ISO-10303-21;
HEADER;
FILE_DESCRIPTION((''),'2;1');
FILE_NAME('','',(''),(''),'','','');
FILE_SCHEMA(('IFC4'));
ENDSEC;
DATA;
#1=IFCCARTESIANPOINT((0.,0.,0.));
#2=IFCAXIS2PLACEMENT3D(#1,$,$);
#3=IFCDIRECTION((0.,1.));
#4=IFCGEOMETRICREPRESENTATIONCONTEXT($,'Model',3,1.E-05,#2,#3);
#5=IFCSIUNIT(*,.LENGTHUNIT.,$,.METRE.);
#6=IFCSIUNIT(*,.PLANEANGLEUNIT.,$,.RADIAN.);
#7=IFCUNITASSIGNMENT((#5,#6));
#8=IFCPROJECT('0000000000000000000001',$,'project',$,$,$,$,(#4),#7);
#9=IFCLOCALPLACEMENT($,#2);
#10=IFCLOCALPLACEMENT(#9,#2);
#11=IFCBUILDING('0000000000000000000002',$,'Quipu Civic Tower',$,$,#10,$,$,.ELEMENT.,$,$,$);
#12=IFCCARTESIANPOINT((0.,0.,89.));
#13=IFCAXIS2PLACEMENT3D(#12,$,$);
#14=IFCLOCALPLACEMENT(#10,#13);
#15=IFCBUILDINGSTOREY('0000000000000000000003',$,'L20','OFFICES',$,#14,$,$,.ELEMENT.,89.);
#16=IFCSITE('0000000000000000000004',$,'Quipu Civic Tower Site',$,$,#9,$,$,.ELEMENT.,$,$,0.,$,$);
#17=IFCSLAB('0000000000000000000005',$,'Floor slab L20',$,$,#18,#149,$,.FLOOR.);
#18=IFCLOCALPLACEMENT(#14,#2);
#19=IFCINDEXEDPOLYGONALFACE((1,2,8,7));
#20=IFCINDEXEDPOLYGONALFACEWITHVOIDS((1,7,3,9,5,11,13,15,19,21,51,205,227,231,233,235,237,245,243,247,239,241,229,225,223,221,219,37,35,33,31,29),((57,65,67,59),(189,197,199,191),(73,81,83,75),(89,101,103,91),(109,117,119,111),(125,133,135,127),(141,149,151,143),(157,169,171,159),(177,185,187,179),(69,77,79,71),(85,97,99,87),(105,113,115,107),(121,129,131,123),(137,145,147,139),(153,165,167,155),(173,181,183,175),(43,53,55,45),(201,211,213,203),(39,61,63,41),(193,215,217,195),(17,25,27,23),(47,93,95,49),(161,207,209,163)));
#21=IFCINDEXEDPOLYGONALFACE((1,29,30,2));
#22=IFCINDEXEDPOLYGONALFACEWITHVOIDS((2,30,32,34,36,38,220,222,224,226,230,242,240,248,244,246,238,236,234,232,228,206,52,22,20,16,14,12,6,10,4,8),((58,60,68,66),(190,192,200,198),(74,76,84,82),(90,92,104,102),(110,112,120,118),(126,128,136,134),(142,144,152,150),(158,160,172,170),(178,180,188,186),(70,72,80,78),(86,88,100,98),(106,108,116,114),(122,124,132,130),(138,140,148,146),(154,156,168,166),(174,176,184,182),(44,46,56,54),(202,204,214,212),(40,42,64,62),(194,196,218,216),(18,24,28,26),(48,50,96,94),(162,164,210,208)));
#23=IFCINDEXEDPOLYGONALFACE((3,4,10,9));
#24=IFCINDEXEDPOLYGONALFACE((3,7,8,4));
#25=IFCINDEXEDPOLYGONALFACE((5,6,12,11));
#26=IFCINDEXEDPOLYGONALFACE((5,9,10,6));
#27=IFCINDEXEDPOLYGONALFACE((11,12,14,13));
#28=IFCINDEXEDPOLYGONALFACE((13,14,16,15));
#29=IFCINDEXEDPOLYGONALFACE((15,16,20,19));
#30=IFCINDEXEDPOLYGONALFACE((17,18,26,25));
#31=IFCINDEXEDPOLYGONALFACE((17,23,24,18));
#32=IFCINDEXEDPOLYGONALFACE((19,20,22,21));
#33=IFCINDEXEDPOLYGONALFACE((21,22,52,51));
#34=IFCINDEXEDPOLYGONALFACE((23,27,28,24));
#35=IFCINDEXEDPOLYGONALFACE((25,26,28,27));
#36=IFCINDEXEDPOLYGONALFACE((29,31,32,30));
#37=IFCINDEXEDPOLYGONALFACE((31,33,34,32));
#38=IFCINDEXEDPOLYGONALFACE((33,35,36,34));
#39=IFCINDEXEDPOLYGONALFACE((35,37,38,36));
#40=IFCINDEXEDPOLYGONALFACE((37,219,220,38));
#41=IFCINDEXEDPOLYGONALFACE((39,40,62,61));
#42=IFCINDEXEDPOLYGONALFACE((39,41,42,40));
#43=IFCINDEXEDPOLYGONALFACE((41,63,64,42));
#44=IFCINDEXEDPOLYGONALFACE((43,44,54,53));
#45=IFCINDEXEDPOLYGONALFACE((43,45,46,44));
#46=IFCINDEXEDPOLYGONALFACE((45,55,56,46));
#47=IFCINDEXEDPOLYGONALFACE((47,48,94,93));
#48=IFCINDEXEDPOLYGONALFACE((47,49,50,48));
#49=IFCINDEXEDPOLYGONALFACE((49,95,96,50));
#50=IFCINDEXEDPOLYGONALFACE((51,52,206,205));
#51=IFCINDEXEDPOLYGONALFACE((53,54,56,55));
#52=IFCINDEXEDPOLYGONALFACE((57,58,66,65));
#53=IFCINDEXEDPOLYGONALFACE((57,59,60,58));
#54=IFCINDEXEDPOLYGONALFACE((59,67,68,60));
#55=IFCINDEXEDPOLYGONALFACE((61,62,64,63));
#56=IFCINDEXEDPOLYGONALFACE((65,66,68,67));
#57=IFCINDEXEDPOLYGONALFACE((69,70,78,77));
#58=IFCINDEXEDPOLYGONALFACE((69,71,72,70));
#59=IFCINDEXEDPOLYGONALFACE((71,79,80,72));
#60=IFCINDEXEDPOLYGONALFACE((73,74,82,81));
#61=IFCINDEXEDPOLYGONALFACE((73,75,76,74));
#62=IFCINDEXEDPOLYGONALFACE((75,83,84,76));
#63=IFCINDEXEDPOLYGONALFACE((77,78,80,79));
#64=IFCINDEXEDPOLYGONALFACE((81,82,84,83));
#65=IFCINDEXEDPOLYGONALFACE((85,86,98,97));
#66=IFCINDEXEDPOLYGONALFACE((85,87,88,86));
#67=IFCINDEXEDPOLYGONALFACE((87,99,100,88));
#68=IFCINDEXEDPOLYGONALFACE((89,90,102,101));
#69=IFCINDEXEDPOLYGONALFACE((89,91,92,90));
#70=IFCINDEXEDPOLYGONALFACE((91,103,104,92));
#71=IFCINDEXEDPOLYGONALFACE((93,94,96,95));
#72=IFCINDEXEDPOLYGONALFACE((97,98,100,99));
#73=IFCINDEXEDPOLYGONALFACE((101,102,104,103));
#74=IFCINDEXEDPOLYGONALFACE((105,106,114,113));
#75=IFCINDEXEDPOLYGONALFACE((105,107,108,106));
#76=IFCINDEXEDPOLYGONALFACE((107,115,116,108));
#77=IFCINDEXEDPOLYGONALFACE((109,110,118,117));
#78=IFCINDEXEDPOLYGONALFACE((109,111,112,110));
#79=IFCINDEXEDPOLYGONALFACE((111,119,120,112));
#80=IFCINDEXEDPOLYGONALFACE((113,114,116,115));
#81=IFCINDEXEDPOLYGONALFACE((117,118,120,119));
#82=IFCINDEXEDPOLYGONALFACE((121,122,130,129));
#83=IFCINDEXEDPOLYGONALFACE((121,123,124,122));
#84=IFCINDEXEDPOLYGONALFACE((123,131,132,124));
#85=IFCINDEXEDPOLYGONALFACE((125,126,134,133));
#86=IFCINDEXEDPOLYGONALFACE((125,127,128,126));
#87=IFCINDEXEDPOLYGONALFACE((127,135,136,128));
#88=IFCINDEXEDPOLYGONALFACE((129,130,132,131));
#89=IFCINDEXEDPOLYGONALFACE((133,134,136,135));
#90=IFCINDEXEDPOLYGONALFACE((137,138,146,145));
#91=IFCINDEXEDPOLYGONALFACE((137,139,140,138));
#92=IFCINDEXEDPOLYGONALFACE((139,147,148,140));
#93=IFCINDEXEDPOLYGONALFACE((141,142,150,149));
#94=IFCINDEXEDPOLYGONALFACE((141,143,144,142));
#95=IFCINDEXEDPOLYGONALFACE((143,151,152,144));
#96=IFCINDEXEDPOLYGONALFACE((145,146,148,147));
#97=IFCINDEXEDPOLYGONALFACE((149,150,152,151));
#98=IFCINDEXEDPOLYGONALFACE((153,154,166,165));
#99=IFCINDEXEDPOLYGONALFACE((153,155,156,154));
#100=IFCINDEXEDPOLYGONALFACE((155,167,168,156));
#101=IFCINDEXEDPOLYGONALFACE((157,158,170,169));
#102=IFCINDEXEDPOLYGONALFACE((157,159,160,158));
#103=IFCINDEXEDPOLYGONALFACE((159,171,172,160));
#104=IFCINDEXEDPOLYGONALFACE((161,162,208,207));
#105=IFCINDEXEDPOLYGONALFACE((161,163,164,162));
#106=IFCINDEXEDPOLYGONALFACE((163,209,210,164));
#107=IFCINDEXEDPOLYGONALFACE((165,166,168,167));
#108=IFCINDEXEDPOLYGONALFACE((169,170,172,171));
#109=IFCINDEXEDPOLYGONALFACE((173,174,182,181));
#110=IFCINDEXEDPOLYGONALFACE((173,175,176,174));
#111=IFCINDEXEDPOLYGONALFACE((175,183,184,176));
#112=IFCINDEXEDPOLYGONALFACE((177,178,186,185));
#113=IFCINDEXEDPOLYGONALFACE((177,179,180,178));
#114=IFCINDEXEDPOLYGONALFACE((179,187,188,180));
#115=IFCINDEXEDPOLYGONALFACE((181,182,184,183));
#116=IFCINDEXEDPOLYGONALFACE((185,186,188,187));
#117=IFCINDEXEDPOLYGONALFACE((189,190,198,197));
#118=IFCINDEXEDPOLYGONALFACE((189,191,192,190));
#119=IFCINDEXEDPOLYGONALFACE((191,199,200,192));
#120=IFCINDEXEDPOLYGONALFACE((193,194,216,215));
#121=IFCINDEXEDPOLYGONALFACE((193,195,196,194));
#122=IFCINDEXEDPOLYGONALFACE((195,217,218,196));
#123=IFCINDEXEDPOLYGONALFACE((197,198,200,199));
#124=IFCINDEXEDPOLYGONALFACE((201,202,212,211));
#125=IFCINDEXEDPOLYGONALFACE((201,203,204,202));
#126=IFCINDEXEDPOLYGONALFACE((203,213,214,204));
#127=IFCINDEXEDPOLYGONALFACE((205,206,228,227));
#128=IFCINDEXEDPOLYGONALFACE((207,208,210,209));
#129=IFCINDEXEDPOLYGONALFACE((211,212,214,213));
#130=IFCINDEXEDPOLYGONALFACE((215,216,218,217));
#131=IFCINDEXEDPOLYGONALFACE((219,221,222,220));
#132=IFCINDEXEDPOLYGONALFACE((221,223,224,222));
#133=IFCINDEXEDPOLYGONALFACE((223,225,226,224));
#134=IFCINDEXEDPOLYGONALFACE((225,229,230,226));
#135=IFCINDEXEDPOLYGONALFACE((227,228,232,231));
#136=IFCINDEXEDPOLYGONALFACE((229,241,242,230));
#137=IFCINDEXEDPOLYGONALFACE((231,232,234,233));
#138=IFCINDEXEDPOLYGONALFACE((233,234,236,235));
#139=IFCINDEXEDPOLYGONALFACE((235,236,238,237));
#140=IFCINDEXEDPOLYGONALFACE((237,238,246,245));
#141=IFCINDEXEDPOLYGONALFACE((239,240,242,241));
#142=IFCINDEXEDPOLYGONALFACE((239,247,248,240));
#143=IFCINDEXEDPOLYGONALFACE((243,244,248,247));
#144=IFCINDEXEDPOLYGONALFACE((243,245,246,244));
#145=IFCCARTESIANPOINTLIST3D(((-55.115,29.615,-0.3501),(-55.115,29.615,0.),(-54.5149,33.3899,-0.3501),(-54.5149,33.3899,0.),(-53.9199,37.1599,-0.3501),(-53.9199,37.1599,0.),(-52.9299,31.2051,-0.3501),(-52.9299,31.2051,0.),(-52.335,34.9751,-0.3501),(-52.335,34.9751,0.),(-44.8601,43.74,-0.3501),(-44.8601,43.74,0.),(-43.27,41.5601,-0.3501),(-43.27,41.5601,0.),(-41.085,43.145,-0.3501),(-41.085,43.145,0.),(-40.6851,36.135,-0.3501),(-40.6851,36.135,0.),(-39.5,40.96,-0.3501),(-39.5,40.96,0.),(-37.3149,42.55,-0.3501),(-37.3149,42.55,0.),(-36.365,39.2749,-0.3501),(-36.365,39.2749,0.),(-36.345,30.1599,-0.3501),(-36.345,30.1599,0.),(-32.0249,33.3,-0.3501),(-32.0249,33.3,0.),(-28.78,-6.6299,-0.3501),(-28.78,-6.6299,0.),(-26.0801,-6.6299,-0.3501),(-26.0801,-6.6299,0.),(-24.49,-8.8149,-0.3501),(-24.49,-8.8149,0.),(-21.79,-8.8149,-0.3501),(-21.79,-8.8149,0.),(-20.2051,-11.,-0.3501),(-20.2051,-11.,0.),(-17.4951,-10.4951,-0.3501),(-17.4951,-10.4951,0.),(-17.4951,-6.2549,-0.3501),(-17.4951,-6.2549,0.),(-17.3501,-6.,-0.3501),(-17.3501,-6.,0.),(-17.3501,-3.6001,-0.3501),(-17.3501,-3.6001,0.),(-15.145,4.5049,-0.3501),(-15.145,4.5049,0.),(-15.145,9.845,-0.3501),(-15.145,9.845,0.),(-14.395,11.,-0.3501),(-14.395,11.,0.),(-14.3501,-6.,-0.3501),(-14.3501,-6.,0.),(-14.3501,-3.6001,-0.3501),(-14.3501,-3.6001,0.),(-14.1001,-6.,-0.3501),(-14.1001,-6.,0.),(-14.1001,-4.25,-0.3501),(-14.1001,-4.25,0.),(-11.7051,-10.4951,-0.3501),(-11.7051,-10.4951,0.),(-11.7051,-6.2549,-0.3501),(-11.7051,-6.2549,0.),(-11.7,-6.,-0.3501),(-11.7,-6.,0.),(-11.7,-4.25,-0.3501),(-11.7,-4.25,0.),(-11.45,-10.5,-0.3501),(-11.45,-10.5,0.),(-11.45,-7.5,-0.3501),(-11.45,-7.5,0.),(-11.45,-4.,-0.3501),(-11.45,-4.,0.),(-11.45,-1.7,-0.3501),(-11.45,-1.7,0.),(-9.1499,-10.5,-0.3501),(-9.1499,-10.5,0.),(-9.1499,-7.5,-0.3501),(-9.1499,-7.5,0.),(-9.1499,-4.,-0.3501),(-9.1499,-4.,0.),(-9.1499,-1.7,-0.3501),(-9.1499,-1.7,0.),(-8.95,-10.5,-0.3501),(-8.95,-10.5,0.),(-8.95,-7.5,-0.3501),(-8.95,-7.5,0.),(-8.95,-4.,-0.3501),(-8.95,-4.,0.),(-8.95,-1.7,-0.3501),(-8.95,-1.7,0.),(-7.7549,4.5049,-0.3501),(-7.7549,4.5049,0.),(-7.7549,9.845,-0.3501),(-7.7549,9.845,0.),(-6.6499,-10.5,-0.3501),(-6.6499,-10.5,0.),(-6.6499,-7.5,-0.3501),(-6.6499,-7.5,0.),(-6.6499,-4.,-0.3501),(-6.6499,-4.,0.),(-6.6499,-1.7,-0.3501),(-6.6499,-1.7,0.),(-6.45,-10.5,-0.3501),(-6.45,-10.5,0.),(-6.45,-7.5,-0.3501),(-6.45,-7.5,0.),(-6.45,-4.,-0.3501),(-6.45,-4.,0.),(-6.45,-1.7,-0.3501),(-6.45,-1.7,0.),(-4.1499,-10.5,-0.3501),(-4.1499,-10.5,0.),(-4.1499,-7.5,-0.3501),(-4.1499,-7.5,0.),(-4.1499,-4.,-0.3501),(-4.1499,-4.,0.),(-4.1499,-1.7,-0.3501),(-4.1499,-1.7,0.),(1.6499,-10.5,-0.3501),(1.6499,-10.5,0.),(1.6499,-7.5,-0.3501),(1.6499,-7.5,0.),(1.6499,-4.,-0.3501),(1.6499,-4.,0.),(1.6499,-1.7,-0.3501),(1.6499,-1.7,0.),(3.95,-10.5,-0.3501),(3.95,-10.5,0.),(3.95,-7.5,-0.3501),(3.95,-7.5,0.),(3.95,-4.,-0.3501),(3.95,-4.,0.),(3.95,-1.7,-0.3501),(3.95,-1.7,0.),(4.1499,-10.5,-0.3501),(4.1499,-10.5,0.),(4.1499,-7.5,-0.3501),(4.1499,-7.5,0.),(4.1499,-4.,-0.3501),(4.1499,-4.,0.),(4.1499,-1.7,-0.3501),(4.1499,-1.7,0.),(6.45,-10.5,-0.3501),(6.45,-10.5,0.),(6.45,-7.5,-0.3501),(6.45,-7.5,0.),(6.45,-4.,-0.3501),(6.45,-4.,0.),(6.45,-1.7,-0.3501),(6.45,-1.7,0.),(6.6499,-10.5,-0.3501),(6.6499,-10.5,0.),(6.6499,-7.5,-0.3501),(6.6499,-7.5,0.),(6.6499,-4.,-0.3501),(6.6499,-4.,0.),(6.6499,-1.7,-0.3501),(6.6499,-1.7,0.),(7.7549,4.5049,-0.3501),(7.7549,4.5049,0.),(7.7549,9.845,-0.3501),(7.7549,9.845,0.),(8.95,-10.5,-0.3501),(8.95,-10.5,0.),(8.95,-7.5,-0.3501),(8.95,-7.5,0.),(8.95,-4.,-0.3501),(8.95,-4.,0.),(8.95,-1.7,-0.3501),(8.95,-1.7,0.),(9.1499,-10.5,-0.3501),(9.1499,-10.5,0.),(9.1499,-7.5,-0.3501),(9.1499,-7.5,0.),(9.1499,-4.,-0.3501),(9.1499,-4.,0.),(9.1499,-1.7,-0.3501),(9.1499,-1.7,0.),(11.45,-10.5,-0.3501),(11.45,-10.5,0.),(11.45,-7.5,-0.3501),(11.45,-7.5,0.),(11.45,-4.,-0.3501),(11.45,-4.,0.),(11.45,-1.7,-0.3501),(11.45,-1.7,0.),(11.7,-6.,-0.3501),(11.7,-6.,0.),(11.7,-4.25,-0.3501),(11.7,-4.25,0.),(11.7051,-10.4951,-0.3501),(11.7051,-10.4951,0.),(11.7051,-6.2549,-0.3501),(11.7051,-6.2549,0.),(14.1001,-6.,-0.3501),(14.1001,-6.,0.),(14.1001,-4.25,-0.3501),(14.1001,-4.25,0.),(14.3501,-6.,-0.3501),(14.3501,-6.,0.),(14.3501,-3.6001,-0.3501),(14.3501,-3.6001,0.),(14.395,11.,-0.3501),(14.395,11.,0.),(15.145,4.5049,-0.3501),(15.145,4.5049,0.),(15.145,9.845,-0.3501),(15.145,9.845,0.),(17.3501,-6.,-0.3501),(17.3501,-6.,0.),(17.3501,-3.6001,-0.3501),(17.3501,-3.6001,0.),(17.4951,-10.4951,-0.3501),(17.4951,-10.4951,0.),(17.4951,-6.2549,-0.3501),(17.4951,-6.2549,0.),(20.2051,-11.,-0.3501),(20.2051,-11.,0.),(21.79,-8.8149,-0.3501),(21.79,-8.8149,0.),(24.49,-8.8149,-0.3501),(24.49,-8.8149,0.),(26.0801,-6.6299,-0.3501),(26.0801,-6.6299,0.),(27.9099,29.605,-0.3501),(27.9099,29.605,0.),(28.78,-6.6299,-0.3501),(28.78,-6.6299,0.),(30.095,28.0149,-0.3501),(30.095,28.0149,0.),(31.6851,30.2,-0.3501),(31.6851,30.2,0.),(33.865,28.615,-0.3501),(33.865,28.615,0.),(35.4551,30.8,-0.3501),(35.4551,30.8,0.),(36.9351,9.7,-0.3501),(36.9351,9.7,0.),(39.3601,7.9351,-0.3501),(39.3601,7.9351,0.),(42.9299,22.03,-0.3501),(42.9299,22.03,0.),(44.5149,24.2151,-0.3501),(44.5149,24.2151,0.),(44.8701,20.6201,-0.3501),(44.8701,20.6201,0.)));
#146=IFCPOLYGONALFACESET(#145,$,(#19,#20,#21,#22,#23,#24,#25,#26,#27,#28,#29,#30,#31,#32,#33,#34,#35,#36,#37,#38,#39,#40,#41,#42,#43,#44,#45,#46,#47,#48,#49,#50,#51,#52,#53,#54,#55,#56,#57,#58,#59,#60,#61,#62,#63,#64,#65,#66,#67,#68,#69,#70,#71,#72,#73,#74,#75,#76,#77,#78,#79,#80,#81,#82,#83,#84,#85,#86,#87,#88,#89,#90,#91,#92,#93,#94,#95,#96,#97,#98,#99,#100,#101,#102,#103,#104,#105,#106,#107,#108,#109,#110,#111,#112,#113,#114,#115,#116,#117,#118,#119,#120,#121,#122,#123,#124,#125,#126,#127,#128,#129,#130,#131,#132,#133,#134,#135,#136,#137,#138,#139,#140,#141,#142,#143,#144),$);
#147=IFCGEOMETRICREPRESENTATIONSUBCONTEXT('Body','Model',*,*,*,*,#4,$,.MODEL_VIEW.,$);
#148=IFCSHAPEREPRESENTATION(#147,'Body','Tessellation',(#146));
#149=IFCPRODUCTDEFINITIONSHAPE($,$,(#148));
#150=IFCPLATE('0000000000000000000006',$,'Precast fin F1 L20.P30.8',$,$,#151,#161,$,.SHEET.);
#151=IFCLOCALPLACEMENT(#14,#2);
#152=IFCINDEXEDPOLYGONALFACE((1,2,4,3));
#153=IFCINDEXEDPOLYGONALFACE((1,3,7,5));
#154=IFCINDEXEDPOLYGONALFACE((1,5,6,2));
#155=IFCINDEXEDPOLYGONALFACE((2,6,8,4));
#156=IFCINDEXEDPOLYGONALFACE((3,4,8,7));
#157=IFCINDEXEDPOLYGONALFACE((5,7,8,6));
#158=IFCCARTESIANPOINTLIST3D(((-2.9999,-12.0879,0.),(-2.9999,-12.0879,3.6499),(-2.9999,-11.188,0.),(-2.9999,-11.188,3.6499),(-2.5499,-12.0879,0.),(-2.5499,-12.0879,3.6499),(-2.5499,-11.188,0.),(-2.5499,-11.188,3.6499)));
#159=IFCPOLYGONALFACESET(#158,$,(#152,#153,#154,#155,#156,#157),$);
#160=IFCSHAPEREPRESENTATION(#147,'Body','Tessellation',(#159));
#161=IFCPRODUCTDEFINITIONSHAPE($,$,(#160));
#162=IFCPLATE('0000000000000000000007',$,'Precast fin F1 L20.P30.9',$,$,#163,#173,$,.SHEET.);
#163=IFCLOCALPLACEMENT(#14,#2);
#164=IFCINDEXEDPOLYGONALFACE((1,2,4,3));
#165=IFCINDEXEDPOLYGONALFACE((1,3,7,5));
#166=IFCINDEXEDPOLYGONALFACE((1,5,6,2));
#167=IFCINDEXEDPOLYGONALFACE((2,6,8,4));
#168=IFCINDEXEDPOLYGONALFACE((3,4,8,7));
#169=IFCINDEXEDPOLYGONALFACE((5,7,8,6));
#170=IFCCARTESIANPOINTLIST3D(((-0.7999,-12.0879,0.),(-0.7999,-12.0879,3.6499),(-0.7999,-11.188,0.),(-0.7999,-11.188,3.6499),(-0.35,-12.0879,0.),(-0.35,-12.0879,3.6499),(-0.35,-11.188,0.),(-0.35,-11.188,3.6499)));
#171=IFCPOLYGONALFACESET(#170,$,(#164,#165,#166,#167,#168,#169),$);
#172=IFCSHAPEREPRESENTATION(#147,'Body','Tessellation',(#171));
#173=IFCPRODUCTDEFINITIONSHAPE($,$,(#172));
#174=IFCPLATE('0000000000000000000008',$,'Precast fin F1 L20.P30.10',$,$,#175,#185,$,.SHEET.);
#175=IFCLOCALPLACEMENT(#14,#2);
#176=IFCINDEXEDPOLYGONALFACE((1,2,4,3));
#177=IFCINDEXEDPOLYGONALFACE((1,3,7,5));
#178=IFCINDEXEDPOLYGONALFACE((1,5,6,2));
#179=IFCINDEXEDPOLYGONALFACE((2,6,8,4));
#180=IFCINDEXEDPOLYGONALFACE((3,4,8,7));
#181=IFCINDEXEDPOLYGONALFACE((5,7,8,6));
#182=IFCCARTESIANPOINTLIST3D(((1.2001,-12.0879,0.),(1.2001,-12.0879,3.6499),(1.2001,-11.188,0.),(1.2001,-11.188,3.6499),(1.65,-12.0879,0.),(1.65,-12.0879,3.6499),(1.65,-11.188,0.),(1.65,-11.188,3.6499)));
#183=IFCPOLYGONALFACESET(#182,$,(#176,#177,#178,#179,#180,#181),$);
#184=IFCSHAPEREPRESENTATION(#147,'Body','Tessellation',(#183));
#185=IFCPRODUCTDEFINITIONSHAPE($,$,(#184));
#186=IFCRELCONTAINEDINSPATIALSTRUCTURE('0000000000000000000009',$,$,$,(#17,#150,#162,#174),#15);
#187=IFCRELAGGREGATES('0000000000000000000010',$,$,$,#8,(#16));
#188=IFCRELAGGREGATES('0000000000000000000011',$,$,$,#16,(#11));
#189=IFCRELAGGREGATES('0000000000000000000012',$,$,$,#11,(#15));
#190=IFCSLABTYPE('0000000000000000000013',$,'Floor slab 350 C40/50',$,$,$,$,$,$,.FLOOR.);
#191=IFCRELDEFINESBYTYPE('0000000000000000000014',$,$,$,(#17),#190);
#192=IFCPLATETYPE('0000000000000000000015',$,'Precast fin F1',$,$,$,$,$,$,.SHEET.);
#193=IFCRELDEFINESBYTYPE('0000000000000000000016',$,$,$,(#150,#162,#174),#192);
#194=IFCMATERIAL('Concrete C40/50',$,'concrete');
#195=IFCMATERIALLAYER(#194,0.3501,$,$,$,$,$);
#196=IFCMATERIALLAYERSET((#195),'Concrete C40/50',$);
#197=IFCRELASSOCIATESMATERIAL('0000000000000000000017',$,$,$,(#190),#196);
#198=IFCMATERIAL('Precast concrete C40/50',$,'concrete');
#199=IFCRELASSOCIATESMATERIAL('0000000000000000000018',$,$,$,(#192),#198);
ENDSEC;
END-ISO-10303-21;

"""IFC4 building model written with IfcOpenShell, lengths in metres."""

from ifc_helpers import new_model, si_unit, direction, frame, origin, origin_2d, place, context, subcontext, project, spatial, polyline, rectangle, outline, extrude, material, layer, layer_set, type_object, element, save


model = new_model("IFC4")

# Units and contexts
model_context = context("Model", 3, precision=1e-05, world=origin(), true_north=direction((0.0, 1.0)))
body_context = subcontext(model_context, "Body", "Model", "MODEL_VIEW")
ifc_project = project(units=[si_unit("LENGTHUNIT", "METRE"), si_unit("PLANEANGLEUNIT", "RADIAN")], contexts=[model_context])

# Site, building, storey
site_placement = place(None, origin())
site = spatial("IfcSite", under=ifc_project, at=site_placement, Name="Quipu Civic Tower Site", CompositionType="ELEMENT", RefElevation=0.0)
building_placement = place(site_placement, origin())
building = spatial("IfcBuilding", under=site, at=building_placement, Name="Quipu Civic Tower", CompositionType="ELEMENT")
storey_placement = place(building_placement, frame((0.0, 0.0, 89.0)))
storey = spatial("IfcBuildingStorey", under=building, at=storey_placement, Name="L20", Description="OFFICES", CompositionType="ELEMENT", Elevation=89.0)

# Slab
ifc_material_1 = material(Name="Concrete C40/50", Category="concrete")
ifc_layer_1 = layer(ifc_material_1, 0.3501)
ifc_layer_set_1 = layer_set([ifc_layer_1], Name="Concrete C40/50")
slab_type_1 = type_object("IfcSlabType", Name="Floor slab 350 C40/50", PredefinedType="FLOOR", material=ifc_layer_set_1)
slab_1_placement = place(storey_placement, frame((0.0, 0.0, -0.3501)))
element("IfcSlab", 1, at=slab_1_placement, inside=storey, type_object=slab_type_1, Name="Floor slab L20", PredefinedType="FLOOR", context=body_context, shape_type="SweptSolid", body=[
    extrude(outline(polyline([(24.49, -8.8149), (21.79, -8.8149), (20.2051, -11.0), (-20.2051, -11.0), (-21.79, -8.8149), (-24.49, -8.8149), (-26.0801, -6.6299), (-28.78, -6.6299), (-55.115, 29.615), (-52.9299, 31.2051), (-54.5149, 33.3899), (-52.335, 34.9751), (-53.9199, 37.1599), (-44.8601, 43.74), (-43.27, 41.5601), (-41.085, 43.145), (-39.5, 40.96), (-37.3149, 42.55), (-14.395, 11.0), (14.395, 11.0), (27.9099, 29.605), (30.095, 28.0149), (31.6851, 30.2), (33.865, 28.615), (35.4551, 30.8), (44.5149, 24.2151), (42.9299, 22.03), (44.8701, 20.6201), (36.9351, 9.7), (39.3601, 7.9351), (28.78, -6.6299), (26.0801, -6.6299), (24.49, -8.8149)]), holes=[polyline([(-11.45, -7.5), (-11.45, -10.5), (-9.1499, -10.5), (-9.1499, -7.5), (-11.45, -7.5)]), polyline([(-8.95, -7.5), (-8.95, -10.5), (-6.6499, -10.5), (-6.6499, -7.5), (-8.95, -7.5)]), polyline([(-6.45, -7.5), (-6.45, -10.5), (-4.1499, -10.5), (-4.1499, -7.5), (-6.45, -7.5)]), polyline([(-11.7051, -10.4951), (-11.7051, -6.2549), (-17.4951, -6.2549), (-17.4951, -10.4951), (-11.7051, -10.4951)]), polyline([(-11.7, -4.25), (-14.1001, -4.25), (-14.1001, -6.0), (-11.7, -6.0), (-11.7, -4.25)]), polyline([(-17.3501, -3.6001), (-17.3501, -6.0), (-14.3501, -6.0), (-14.3501, -3.6001), (-17.3501, -3.6001)]), polyline([(-9.1499, -1.7), (-11.45, -1.7), (-11.45, -4.0), (-9.1499, -4.0), (-9.1499, -1.7)]), polyline([(-6.6499, -1.7), (-8.95, -1.7), (-8.95, -4.0), (-6.6499, -4.0), (-6.6499, -1.7)]), polyline([(-6.45, -1.7), (-6.45, -4.0), (-4.1499, -4.0), (-4.1499, -1.7), (-6.45, -1.7)]), polyline([(3.95, -1.7), (1.6499, -1.7), (1.6499, -4.0), (3.95, -4.0), (3.95, -1.7)]), polyline([(-7.7549, 4.5049), (-7.7549, 9.845), (-15.145, 9.845), (-15.145, 4.5049), (-7.7549, 4.5049)]), polyline([(-40.6851, 36.135), (-36.345, 30.1599), (-32.0249, 33.3), (-36.365, 39.2749), (-40.6851, 36.135)]), polyline([(3.95, -7.5), (1.6499, -7.5), (1.6499, -10.5), (3.95, -10.5), (3.95, -7.5)]), polyline([(6.45, -7.5), (4.1499, -7.5), (4.1499, -10.5), (6.45, -10.5), (6.45, -7.5)]), polyline([(6.6499, -7.5), (6.6499, -10.5), (8.95, -10.5), (8.95, -7.5), (6.6499, -7.5)]), polyline([(11.45, -7.5), (9.1499, -7.5), (9.1499, -10.5), (11.45, -10.5), (11.45, -7.5)]), polyline([(11.7051, -6.2549), (11.7051, -10.4951), (17.4951, -10.4951), (17.4951, -6.2549), (11.7051, -6.2549)]), polyline([(11.7, -4.25), (11.7, -6.0), (14.1001, -6.0), (14.1001, -4.25), (11.7, -4.25)]), polyline([(17.3501, -3.6001), (14.3501, -3.6001), (14.3501, -6.0), (17.3501, -6.0), (17.3501, -3.6001)]), polyline([(6.45, -1.7), (4.1499, -1.7), (4.1499, -4.0), (6.45, -4.0), (6.45, -1.7)]), polyline([(6.6499, -1.7), (6.6499, -4.0), (8.95, -4.0), (8.95, -1.7), (6.6499, -1.7)]), polyline([(11.45, -1.7), (9.1499, -1.7), (9.1499, -4.0), (11.45, -4.0), (11.45, -1.7)]), polyline([(7.7549, 9.845), (7.7549, 4.5049), (15.145, 4.5049), (15.145, 9.845), (7.7549, 9.845)])]), origin(), (0.0, 0.0, 1.0), 0.3501),
])

# Plates
ifc_material_2 = material(Name="Precast concrete C40/50", Category="concrete")
plate_type = type_object("IfcPlateType", Name="Precast fin F1", PredefinedType="SHEET", material=ifc_material_2)
for number, where, z_axis, x_axis, name in (
    (2, (-2.7749, -11.6379, 0.0), (0.0, 0.0, 1.0), (1.0, 0.0, 0.0), "Precast fin F1 L20.P30.8"),
    (3, (-0.575, -11.6379, 0.0), (0.0, 0.0, 1.0), (1.0, 0.0, 0.0), "Precast fin F1 L20.P30.9"),
    (4, (1.425, -11.6379, 0.0), (0.0, 0.0, 1.0), (1.0, 0.0, 0.0), "Precast fin F1 L20.P30.10"),
):
    element("IfcPlate", number, at=place(storey_placement, frame(where, z_axis=z_axis, x_axis=x_axis)), inside=storey, type_object=plate_type, Name=name, PredefinedType="SHEET", context=body_context, shape_type="SweptSolid", body=[
        extrude(rectangle(XDim=0.45, YDim=0.8999, at=origin_2d()), origin(), (0.0, 0.0, 1.0), 3.6499),
    ])

save(model, "model.ifc")
